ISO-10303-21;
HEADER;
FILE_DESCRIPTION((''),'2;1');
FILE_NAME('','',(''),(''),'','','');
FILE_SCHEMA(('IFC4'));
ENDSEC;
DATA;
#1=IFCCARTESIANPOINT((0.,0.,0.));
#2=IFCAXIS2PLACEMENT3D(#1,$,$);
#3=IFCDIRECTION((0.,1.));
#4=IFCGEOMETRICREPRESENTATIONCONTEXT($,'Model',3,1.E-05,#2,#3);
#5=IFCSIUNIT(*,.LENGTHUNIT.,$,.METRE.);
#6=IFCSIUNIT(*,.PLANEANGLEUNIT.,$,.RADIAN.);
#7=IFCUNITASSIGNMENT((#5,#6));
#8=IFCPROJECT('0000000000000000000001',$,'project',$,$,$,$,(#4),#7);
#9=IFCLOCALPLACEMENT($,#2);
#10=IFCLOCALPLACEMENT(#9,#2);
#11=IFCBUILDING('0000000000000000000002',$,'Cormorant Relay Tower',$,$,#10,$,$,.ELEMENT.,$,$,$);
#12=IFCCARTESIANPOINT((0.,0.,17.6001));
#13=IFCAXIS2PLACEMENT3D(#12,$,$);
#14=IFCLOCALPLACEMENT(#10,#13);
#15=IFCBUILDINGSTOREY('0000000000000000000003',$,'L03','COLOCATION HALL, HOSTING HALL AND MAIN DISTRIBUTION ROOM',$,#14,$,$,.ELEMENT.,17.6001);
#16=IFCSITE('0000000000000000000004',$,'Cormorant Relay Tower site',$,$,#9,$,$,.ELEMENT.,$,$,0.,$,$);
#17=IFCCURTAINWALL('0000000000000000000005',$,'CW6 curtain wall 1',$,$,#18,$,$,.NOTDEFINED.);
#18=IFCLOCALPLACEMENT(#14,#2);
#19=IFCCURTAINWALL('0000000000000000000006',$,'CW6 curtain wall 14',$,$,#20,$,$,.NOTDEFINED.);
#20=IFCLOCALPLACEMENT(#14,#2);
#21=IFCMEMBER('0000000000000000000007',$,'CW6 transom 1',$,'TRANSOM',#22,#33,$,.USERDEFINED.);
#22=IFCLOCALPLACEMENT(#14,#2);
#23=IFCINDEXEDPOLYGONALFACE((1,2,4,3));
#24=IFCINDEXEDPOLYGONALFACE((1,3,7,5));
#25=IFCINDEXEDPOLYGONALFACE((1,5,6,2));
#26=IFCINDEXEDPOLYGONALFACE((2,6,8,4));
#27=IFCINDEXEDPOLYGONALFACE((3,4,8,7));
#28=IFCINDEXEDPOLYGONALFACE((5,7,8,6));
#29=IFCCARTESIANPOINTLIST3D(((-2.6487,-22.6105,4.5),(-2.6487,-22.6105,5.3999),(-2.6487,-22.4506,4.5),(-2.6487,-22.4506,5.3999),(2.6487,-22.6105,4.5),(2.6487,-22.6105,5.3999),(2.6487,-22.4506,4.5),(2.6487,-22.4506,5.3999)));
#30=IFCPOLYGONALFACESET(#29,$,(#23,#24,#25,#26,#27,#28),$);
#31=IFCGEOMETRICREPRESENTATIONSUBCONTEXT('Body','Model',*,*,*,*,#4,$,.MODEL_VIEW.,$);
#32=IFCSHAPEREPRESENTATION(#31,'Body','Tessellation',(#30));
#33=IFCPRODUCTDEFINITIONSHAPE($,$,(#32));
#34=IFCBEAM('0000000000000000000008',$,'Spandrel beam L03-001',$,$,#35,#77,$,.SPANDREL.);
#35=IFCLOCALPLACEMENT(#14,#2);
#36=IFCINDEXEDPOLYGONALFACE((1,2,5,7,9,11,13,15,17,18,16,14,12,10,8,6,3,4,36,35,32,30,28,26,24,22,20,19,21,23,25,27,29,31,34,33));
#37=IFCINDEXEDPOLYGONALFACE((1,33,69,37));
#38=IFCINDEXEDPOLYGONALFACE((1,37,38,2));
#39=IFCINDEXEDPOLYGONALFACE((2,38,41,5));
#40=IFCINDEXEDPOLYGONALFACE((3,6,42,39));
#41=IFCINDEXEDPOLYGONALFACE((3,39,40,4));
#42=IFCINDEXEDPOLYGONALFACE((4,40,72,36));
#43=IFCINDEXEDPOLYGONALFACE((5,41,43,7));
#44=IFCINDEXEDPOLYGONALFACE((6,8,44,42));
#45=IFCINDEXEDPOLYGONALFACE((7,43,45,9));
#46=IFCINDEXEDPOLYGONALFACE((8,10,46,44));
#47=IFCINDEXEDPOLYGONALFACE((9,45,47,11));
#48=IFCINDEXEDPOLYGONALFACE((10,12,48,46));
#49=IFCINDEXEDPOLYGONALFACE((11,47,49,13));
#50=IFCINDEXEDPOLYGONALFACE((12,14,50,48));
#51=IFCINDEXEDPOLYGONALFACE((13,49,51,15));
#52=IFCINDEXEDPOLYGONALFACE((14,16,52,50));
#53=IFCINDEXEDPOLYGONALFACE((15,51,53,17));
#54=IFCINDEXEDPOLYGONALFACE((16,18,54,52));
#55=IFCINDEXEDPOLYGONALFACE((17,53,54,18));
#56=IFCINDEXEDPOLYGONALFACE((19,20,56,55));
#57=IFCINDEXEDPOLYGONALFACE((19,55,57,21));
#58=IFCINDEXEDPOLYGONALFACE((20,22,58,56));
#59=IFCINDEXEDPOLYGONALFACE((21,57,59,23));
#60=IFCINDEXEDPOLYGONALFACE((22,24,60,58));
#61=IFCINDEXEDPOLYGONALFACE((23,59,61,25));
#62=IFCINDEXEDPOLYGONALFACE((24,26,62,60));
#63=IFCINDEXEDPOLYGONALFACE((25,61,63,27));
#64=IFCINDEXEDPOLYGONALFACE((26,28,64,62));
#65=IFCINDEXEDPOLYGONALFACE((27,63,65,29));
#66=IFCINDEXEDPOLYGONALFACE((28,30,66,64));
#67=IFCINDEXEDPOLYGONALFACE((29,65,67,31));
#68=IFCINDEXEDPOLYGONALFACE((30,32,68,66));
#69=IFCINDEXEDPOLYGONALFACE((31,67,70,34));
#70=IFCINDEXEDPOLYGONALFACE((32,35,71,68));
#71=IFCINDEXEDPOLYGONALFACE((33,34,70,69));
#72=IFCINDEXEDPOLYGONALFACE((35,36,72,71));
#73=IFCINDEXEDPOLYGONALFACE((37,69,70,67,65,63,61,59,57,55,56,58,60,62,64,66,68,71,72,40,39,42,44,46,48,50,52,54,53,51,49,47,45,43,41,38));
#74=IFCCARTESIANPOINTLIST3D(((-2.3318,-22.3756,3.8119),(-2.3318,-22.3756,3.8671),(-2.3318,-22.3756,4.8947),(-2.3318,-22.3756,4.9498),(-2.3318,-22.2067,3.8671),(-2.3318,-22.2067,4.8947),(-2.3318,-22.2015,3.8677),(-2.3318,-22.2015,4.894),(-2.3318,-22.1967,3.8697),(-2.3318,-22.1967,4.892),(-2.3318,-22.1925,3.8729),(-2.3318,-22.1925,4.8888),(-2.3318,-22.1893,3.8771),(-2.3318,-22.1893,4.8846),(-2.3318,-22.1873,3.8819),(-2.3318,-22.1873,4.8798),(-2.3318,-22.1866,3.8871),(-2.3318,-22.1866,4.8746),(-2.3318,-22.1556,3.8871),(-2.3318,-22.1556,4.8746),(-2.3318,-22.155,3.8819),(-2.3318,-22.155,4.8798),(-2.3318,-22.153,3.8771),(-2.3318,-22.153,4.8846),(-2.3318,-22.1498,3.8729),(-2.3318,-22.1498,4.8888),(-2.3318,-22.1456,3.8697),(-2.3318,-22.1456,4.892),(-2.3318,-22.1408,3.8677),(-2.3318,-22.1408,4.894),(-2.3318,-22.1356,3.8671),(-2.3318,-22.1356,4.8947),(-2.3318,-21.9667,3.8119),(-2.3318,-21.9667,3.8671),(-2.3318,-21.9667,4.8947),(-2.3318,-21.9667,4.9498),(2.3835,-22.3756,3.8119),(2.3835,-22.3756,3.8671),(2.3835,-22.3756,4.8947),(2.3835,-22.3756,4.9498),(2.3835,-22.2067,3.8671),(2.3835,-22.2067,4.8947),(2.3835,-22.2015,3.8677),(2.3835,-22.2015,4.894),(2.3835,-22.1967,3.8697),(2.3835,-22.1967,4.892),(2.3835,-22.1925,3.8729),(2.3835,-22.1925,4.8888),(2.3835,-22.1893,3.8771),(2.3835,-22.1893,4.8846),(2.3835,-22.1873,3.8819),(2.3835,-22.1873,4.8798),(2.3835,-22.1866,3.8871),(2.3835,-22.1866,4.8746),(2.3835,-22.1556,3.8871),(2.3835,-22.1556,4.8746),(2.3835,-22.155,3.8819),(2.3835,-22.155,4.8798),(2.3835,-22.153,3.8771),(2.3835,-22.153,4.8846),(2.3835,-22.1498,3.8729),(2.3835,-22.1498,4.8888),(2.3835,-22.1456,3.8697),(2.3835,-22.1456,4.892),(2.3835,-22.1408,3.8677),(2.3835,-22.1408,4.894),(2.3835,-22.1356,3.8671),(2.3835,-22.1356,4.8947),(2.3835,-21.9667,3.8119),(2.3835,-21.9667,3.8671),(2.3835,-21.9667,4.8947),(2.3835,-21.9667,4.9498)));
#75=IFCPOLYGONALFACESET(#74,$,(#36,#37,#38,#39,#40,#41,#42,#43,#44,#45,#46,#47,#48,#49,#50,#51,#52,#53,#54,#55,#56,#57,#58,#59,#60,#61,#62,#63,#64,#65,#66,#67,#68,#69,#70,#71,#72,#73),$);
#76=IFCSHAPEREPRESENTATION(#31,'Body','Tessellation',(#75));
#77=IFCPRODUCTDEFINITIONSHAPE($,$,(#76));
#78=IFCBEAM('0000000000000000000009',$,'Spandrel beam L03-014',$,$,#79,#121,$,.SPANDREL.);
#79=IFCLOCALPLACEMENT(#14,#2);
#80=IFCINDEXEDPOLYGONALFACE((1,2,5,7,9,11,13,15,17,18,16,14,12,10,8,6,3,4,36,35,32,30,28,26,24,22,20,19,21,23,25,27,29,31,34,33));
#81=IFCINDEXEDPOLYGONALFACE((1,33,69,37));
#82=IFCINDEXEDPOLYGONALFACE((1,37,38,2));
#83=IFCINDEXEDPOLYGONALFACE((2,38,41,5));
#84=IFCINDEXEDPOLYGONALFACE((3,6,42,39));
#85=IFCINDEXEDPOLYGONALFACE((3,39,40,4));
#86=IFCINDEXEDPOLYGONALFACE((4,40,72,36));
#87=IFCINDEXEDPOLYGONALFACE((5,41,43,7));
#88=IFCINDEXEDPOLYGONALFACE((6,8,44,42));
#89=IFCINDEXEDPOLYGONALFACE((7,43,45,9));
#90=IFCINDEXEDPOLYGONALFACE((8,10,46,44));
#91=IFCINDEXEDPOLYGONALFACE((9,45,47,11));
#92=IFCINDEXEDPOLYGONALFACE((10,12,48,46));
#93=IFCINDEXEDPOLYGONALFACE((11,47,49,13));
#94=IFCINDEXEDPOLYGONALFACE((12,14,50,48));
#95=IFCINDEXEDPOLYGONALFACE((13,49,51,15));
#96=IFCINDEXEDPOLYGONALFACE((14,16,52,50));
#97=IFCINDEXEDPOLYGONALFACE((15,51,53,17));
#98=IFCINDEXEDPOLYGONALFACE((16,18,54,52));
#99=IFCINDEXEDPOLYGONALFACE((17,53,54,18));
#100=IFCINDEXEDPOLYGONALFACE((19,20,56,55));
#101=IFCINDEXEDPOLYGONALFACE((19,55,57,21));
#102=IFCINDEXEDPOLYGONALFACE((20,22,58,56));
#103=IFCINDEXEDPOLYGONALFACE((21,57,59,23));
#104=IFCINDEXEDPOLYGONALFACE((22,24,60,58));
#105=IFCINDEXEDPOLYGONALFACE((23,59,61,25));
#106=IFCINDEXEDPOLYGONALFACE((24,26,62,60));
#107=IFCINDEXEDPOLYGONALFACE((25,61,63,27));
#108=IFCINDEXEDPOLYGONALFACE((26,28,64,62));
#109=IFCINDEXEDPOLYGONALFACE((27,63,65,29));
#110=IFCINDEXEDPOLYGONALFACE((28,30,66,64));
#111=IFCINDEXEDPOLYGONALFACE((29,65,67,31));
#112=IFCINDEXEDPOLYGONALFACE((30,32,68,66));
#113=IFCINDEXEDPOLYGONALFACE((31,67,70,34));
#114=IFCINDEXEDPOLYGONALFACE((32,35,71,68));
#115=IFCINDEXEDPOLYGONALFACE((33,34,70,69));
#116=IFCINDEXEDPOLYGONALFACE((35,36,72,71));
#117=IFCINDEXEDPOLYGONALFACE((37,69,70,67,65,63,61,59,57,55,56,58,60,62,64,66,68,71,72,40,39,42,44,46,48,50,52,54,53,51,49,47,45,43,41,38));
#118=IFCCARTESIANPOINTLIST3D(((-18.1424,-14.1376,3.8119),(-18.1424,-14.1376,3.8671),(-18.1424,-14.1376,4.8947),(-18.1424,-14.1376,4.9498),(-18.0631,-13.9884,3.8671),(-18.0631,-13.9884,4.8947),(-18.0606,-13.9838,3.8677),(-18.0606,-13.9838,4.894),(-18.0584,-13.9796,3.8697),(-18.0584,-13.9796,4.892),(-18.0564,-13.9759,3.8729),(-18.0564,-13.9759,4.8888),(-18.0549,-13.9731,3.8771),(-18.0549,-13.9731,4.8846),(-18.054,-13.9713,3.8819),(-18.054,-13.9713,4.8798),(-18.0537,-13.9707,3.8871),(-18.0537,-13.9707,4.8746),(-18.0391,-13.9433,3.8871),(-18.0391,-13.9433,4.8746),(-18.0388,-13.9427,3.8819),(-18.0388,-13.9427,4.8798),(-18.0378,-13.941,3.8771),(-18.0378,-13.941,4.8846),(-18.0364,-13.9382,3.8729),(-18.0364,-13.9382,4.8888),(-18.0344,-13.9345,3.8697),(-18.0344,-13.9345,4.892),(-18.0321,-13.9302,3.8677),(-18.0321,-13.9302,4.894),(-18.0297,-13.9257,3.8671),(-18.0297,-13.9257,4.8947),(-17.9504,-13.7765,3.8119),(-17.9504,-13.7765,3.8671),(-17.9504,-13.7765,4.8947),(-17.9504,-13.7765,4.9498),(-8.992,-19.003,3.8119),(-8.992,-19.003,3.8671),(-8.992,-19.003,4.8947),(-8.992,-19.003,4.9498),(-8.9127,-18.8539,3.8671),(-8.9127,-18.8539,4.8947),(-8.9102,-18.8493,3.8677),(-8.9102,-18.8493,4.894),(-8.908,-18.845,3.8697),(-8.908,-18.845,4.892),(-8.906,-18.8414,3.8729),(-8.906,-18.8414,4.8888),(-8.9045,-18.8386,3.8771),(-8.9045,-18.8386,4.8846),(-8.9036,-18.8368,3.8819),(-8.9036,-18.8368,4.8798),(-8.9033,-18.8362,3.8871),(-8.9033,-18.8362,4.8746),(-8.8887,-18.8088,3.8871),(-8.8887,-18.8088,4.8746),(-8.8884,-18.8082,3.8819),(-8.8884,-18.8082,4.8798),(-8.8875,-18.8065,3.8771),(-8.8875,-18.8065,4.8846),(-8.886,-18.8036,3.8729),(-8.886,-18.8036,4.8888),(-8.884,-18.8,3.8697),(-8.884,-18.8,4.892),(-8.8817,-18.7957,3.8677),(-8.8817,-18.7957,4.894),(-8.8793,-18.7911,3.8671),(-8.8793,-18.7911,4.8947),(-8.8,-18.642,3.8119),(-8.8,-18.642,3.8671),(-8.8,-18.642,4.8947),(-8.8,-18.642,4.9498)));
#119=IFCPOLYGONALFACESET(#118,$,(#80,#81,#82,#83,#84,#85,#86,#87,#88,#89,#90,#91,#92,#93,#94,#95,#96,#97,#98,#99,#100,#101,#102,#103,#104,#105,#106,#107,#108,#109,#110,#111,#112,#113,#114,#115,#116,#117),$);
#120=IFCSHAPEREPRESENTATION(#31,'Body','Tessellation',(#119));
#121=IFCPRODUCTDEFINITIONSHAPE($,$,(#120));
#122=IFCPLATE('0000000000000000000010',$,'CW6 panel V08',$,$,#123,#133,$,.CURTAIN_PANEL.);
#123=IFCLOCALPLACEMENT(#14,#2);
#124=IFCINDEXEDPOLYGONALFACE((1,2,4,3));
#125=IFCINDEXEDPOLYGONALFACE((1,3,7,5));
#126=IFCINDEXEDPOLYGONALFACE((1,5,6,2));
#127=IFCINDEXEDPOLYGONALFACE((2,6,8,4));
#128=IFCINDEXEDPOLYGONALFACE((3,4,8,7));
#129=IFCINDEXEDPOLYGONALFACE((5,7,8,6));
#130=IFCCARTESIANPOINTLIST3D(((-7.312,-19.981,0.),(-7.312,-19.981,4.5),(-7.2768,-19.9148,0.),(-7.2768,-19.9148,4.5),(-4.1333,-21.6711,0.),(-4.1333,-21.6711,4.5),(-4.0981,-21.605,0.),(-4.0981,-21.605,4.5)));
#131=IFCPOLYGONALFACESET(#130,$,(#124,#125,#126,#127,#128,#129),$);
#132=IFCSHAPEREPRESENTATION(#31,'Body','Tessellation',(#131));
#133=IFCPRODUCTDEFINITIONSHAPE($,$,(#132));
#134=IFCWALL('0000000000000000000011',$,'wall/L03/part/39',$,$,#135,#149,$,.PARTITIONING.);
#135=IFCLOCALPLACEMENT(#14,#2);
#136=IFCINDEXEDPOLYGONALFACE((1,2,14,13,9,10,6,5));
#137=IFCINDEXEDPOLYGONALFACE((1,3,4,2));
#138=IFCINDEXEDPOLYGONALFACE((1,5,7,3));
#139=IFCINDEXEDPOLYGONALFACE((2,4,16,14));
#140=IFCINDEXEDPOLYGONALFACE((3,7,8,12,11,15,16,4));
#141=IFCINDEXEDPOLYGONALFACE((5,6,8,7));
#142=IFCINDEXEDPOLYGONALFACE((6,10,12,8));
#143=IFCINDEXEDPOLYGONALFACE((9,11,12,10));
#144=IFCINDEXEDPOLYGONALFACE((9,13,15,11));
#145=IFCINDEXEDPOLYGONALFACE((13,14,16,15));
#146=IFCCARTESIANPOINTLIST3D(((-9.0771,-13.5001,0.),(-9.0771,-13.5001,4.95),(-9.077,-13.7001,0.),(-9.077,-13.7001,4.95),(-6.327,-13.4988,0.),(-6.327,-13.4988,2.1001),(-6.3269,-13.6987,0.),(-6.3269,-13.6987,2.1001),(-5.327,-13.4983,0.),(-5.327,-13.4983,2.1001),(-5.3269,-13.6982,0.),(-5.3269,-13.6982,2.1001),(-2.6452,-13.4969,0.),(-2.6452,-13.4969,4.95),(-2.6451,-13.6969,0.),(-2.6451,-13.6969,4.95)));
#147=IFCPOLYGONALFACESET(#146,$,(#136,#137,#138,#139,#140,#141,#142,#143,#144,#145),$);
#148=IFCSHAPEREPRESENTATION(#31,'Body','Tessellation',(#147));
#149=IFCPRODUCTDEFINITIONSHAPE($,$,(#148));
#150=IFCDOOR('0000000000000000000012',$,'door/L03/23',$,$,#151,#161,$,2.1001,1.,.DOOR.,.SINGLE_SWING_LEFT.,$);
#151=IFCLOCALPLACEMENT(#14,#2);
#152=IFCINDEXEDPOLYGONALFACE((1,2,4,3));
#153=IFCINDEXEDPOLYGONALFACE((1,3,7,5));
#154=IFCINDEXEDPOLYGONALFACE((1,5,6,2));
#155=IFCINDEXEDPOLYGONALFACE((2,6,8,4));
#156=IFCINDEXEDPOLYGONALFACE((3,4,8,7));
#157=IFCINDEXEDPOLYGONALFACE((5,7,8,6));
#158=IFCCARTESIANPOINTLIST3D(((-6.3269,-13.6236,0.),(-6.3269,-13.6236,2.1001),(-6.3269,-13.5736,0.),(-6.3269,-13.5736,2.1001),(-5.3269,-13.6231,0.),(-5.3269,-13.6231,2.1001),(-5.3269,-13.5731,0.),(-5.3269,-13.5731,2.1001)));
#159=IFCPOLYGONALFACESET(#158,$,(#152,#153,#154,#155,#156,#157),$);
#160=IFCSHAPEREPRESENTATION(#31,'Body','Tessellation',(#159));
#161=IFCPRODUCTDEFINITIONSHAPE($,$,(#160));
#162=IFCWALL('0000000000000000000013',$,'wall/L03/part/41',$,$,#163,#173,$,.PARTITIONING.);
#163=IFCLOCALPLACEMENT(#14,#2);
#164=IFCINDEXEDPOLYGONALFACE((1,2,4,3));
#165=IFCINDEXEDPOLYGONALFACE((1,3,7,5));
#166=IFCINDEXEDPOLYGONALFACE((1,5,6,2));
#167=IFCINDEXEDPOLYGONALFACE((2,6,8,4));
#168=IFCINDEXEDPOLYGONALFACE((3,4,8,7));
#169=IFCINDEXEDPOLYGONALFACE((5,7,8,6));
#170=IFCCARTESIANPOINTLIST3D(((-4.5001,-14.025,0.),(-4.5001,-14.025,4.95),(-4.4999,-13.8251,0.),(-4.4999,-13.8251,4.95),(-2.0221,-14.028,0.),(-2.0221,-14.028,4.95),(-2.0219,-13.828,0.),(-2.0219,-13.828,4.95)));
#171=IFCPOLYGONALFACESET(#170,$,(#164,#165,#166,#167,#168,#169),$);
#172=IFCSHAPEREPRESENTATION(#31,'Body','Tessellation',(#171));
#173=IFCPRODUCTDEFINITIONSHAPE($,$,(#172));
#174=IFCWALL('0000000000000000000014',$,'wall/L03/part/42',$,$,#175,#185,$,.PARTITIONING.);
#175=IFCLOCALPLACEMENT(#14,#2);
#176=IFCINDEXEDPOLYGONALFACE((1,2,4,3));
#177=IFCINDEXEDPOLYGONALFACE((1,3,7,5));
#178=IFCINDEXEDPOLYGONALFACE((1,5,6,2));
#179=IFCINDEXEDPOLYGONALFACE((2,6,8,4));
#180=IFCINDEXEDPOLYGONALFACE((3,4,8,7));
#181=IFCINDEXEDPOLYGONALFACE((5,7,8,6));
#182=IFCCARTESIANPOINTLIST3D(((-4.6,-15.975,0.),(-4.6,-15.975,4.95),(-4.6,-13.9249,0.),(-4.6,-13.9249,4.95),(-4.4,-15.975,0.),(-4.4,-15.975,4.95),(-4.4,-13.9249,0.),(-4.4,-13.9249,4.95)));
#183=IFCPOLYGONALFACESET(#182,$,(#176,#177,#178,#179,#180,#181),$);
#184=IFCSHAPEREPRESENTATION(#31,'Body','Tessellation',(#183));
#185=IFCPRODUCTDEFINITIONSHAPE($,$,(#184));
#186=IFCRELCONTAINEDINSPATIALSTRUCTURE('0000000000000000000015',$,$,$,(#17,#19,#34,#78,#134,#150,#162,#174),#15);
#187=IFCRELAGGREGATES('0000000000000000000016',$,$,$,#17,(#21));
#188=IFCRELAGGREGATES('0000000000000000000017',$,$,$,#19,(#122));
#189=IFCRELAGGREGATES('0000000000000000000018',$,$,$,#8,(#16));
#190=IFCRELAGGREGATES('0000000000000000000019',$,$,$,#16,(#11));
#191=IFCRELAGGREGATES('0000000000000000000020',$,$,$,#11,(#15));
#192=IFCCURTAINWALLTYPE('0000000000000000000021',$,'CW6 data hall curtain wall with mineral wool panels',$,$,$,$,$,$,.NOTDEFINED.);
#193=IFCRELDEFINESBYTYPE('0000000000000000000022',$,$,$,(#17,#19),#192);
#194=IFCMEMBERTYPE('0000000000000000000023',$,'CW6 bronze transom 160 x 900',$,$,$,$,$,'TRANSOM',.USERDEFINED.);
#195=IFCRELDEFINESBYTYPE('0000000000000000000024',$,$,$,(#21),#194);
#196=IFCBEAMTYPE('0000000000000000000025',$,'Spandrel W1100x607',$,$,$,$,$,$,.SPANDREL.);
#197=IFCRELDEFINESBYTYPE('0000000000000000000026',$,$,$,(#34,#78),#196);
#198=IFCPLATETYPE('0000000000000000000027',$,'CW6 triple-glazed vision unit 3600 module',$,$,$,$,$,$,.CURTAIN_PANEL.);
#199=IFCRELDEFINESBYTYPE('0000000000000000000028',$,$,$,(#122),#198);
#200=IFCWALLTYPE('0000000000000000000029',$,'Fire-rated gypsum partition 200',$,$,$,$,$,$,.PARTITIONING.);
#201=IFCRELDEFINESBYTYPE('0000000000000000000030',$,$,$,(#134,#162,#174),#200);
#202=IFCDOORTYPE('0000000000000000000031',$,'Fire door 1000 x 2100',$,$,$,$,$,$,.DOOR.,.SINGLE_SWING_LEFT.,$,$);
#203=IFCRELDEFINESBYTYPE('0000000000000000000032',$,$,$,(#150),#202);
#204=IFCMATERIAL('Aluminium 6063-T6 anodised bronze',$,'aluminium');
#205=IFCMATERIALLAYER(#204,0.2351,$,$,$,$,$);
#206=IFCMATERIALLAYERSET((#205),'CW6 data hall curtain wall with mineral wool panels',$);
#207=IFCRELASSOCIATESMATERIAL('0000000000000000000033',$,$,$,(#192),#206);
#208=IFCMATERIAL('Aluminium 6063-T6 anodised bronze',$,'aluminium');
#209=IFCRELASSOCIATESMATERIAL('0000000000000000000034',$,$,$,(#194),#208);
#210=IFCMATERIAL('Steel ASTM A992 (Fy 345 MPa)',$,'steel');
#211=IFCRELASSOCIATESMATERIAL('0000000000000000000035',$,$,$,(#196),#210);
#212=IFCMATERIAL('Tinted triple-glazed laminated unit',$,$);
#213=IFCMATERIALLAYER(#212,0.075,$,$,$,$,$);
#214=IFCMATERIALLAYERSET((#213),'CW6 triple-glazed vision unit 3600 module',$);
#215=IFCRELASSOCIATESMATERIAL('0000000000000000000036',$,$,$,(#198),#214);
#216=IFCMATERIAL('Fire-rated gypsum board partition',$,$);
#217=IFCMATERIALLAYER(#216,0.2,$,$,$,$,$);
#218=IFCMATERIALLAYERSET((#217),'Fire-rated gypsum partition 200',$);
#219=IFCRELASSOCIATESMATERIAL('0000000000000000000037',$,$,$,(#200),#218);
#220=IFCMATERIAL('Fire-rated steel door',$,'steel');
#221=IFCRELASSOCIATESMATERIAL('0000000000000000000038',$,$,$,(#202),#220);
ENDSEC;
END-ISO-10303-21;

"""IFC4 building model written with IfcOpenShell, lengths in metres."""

from ifc_helpers import new_model, si_unit, direction, frame, frame_2d, origin, origin_2d, place, context, subcontext, project, spatial, rectangle, i_section, extrude, material, layer, layer_set, material_profile, profile_set, type_object, element, fill, aggregate, save


model = new_model("IFC4")

# Units and contexts
model_context = context("Model", 3, precision=1e-05, world=origin(), true_north=direction((0.0, 1.0)))
body_context = subcontext(model_context, "Body", "Model", "MODEL_VIEW")
ifc_project = project(units=[si_unit("LENGTHUNIT", "METRE"), si_unit("PLANEANGLEUNIT", "RADIAN")], contexts=[model_context])

# Site, building, storey
site_placement = place(None, origin())
site = spatial("IfcSite", under=ifc_project, at=site_placement, Name="Cormorant Relay Tower site", CompositionType="ELEMENT", RefElevation=0.0)
building_placement = place(site_placement, origin())
building = spatial("IfcBuilding", under=site, at=building_placement, Name="Cormorant Relay Tower", CompositionType="ELEMENT")
storey_placement = place(building_placement, frame((0.0, 0.0, 17.6001)))
storey = spatial("IfcBuildingStorey", under=building, at=storey_placement, Name="L03", Description="COLOCATION HALL, HOSTING HALL AND MAIN DISTRIBUTION ROOM", CompositionType="ELEMENT", Elevation=17.6001)

# Curtain wall
ifc_material_1 = material(Name="Aluminium 6063-T6 anodised bronze", Category="aluminium")
ifc_layer_1 = layer(ifc_material_1, 0.2351)
ifc_layer_set_1 = layer_set([ifc_layer_1], Name="CW6 data hall curtain wall with mineral wool panels")
curtain_wall_type = type_object("IfcCurtainWallType", Name="CW6 data hall curtain wall with mineral wool panels", PredefinedType="NOTDEFINED", material=ifc_layer_set_1)
curtain_wall_1_placement = place(storey_placement, origin())
curtain_wall_1 = element("IfcCurtainWall", 1, at=curtain_wall_1_placement, inside=storey, type_object=curtain_wall_type, Name="CW6 curtain wall 1", PredefinedType="NOTDEFINED")

# Curtain wall
curtain_wall_2_placement = place(storey_placement, origin())
curtain_wall_2 = element("IfcCurtainWall", 2, at=curtain_wall_2_placement, inside=storey, type_object=curtain_wall_type, Name="CW6 curtain wall 14", PredefinedType="NOTDEFINED")

# Member
ifc_material_2 = material(Name="Aluminium 6063-T6 anodised bronze", Category="aluminium")
ifc_material_profile_1 = material_profile(ifc_material_2, rectangle(XDim=0.1599, YDim=0.8999, at=origin_2d()), Name="AL 160x900")
ifc_profile_set_1 = profile_set([ifc_material_profile_1], Name="Aluminium 6063-T6 anodised bronze")
member_type_1 = type_object("IfcMemberType", Name="CW6 bronze transom 160 x 900", ElementType="TRANSOM", PredefinedType="USERDEFINED", material=ifc_profile_set_1)
member_1_placement = place(storey_placement, frame((-2.6487, -22.5305, 4.95), z_axis=(1.0, 0.0, 0.0), x_axis=(0.0, 1.0, 0.0)))
member_1 = element("IfcMember", 3, at=member_1_placement, type_object=member_type_1, Name="CW6 transom 1", ObjectType="TRANSOM", PredefinedType="USERDEFINED", context=body_context, shape_type="SweptSolid", body=[
    extrude(rectangle(XDim=0.1599, YDim=0.8999, at=origin_2d()), origin(), (0.0, 0.0, 1.0), 5.2974),
])

# Beams
ifc_material_3 = material(Name="Steel ASTM A992 (Fy 345 MPa)", Category="steel")
ifc_material_profile_2 = material_profile(ifc_material_3, i_section(OverallWidth=0.4089, OverallDepth=1.1379, WebThickness=0.031, FlangeThickness=0.0552, FilletRadius=0.02, at=origin_2d()), Name="W1100x607")
ifc_profile_set_2 = profile_set([ifc_material_profile_2], Name="Steel ASTM A992 (Fy 345 MPa)")
beam_type = type_object("IfcBeamType", Name="Spandrel W1100x607", PredefinedType="SPANDREL", material=ifc_profile_set_2)
beam_1_placement = place(storey_placement, frame((-2.3318, -22.1711, 4.3809), z_axis=(1.0, 0.0, 0.0), x_axis=(0.0, 1.0, 0.0)))
element("IfcBeam", 4, at=beam_1_placement, inside=storey, type_object=beam_type, Name="Spandrel beam L03-001", PredefinedType="SPANDREL", context=body_context, shape_type="SweptSolid", body=[
    extrude(i_section(OverallWidth=0.4089, OverallDepth=1.1379, WebThickness=0.031, FlangeThickness=0.0552, FilletRadius=0.02, at=origin_2d()), origin(), (0.0, 0.0, 1.0), 4.7153),
])
beam_2_placement = place(storey_placement, frame((-18.0464, -13.957, 4.3809), z_axis=(0.882942, -0.469481, 0.0), x_axis=(0.469481, 0.882942, 0.0)))
element("IfcBeam", 5, at=beam_2_placement, inside=storey, type_object=beam_type, Name="Spandrel beam L03-014", PredefinedType="SPANDREL", context=body_context, shape_type="SweptSolid", body=[
    extrude(i_section(OverallWidth=0.4089, OverallDepth=1.1379, WebThickness=0.031, FlangeThickness=0.0552, FilletRadius=0.02, at=origin_2d()), origin(), (0.0, 0.0, 1.0), 10.3635),
])

# Plate
ifc_material_4 = material(Name="Tinted triple-glazed laminated unit")
ifc_layer_2 = layer(ifc_material_4, 0.075)
ifc_layer_set_2 = layer_set([ifc_layer_2], Name="CW6 triple-glazed vision unit 3600 module")
plate_type = type_object("IfcPlateType", Name="CW6 triple-glazed vision unit 3600 module", PredefinedType="CURTAIN_PANEL", material=ifc_layer_set_2)
plate_placement = place(storey_placement, frame((-5.7051, -20.793, 0.0), z_axis=(0.0, 0.0, 1.0), x_axis=(0.882948, -0.469472, 0.0)))
plate = element("IfcPlate", 6, at=plate_placement, type_object=plate_type, Name="CW6 panel V08", PredefinedType="CURTAIN_PANEL", context=body_context, shape_type="SweptSolid", body=[
    extrude(rectangle(XDim=3.6001, YDim=0.075, at=origin_2d()), origin(), (0.0, 0.0, 1.0), 4.5),
])

# Wall, opening, door
ifc_material_5 = material(Name="Fire-rated gypsum board partition")
ifc_layer_3 = layer(ifc_material_5, 0.2)
ifc_layer_set_3 = layer_set([ifc_layer_3], Name="Fire-rated gypsum partition 200")
wall_type_1 = type_object("IfcWallType", Name="Fire-rated gypsum partition 200", PredefinedType="PARTITIONING", material=ifc_layer_set_3)
wall_1_placement = place(storey_placement, frame((-9.0769, -13.6001, 0.0), z_axis=(0.0, 0.0, 1.0), x_axis=(1.0, 0.000493, 0.0)))
wall_1 = element("IfcWall", 7, at=wall_1_placement, inside=storey, type_object=wall_type_1, Name="wall/L03/part/39", PredefinedType="PARTITIONING", context=body_context, shape_type="SweptSolid", body=[
    extrude(rectangle(XDim=6.4319, YDim=0.2, at=frame_2d((3.2158, 0.0))), origin(), (0.0, 0.0, 1.0), 4.95),
])
opening_1_placement = place(wall_1_placement, frame((2.75, 0.0, 0.0)))
opening_1 = element("IfcOpeningElement", 8, at=opening_1_placement, cuts=wall_1, PredefinedType="OPENING", context=body_context, shape_type="SweptSolid", body=[
    extrude(rectangle(XDim=1.0, YDim=2.1001, at=frame_2d((0.5, 1.05))), frame((0.0, 0.1099, 0.0), z_axis=(0.0, -1.0, 0.0), x_axis=(1.0, 0.0, 0.0)), (0.0, 0.0, 1.0), 0.22),
])
ifc_material_6 = material(Name="Fire-rated steel door", Category="steel")
door_type_1 = type_object("IfcDoorType", Name="Fire door 1000 x 2100", OperationType="SINGLE_SWING_LEFT", PredefinedType="DOOR", material=ifc_material_6)
door_1_placement = place(opening_1_placement, frame((1.0, 0.0, 0.0), z_axis=(0.0, 0.0, 1.0), x_axis=(-1.0, 0.0, 0.0)))
door_1 = element("IfcDoor", 9, at=door_1_placement, inside=storey, type_object=door_type_1, Name="door/L03/23", OperationType="SINGLE_SWING_LEFT", OverallHeight=2.1001, OverallWidth=1.0, PredefinedType="DOOR", context=body_context, shape_type="SweptSolid", body=[
    extrude(rectangle(XDim=1.0, YDim=2.1001, at=frame_2d((0.5, 1.05))), frame((0.0, 0.0249, 0.0), z_axis=(0.0, -1.0, 0.0), x_axis=(1.0, 0.0, 0.0)), (0.0, 0.0, 1.0), 0.05),
])
fill(opening_1, door_1)

# Walls
wall_2_placement = place(storey_placement, frame((-2.022, -13.928, 0.0), z_axis=(0.0, 0.0, 1.0), x_axis=(-0.999999, 0.001182, 0.0)))
element("IfcWall", 10, at=wall_2_placement, inside=storey, type_object=wall_type_1, Name="wall/L03/part/41", PredefinedType="PARTITIONING", context=body_context, shape_type="SweptSolid", body=[
    extrude(rectangle(XDim=2.478, YDim=0.2, at=frame_2d((1.239, 0.0))), origin(), (0.0, 0.0, 1.0), 4.95),
])
wall_3_placement = place(storey_placement, frame((-4.5, -13.925, 0.0), z_axis=(0.0, 0.0, 1.0), x_axis=(0.0, -1.0, 0.0)))
element("IfcWall", 11, at=wall_3_placement, inside=storey, type_object=wall_type_1, Name="wall/L03/part/42", PredefinedType="PARTITIONING", context=body_context, shape_type="SweptSolid", body=[
    extrude(rectangle(XDim=2.05, YDim=0.2, at=frame_2d((1.0249, 0.0))), origin(), (0.0, 0.0, 1.0), 4.95),
])

aggregate(curtain_wall_1, [member_1])
aggregate(curtain_wall_2, [plate])

save(model, "model.ifc")
